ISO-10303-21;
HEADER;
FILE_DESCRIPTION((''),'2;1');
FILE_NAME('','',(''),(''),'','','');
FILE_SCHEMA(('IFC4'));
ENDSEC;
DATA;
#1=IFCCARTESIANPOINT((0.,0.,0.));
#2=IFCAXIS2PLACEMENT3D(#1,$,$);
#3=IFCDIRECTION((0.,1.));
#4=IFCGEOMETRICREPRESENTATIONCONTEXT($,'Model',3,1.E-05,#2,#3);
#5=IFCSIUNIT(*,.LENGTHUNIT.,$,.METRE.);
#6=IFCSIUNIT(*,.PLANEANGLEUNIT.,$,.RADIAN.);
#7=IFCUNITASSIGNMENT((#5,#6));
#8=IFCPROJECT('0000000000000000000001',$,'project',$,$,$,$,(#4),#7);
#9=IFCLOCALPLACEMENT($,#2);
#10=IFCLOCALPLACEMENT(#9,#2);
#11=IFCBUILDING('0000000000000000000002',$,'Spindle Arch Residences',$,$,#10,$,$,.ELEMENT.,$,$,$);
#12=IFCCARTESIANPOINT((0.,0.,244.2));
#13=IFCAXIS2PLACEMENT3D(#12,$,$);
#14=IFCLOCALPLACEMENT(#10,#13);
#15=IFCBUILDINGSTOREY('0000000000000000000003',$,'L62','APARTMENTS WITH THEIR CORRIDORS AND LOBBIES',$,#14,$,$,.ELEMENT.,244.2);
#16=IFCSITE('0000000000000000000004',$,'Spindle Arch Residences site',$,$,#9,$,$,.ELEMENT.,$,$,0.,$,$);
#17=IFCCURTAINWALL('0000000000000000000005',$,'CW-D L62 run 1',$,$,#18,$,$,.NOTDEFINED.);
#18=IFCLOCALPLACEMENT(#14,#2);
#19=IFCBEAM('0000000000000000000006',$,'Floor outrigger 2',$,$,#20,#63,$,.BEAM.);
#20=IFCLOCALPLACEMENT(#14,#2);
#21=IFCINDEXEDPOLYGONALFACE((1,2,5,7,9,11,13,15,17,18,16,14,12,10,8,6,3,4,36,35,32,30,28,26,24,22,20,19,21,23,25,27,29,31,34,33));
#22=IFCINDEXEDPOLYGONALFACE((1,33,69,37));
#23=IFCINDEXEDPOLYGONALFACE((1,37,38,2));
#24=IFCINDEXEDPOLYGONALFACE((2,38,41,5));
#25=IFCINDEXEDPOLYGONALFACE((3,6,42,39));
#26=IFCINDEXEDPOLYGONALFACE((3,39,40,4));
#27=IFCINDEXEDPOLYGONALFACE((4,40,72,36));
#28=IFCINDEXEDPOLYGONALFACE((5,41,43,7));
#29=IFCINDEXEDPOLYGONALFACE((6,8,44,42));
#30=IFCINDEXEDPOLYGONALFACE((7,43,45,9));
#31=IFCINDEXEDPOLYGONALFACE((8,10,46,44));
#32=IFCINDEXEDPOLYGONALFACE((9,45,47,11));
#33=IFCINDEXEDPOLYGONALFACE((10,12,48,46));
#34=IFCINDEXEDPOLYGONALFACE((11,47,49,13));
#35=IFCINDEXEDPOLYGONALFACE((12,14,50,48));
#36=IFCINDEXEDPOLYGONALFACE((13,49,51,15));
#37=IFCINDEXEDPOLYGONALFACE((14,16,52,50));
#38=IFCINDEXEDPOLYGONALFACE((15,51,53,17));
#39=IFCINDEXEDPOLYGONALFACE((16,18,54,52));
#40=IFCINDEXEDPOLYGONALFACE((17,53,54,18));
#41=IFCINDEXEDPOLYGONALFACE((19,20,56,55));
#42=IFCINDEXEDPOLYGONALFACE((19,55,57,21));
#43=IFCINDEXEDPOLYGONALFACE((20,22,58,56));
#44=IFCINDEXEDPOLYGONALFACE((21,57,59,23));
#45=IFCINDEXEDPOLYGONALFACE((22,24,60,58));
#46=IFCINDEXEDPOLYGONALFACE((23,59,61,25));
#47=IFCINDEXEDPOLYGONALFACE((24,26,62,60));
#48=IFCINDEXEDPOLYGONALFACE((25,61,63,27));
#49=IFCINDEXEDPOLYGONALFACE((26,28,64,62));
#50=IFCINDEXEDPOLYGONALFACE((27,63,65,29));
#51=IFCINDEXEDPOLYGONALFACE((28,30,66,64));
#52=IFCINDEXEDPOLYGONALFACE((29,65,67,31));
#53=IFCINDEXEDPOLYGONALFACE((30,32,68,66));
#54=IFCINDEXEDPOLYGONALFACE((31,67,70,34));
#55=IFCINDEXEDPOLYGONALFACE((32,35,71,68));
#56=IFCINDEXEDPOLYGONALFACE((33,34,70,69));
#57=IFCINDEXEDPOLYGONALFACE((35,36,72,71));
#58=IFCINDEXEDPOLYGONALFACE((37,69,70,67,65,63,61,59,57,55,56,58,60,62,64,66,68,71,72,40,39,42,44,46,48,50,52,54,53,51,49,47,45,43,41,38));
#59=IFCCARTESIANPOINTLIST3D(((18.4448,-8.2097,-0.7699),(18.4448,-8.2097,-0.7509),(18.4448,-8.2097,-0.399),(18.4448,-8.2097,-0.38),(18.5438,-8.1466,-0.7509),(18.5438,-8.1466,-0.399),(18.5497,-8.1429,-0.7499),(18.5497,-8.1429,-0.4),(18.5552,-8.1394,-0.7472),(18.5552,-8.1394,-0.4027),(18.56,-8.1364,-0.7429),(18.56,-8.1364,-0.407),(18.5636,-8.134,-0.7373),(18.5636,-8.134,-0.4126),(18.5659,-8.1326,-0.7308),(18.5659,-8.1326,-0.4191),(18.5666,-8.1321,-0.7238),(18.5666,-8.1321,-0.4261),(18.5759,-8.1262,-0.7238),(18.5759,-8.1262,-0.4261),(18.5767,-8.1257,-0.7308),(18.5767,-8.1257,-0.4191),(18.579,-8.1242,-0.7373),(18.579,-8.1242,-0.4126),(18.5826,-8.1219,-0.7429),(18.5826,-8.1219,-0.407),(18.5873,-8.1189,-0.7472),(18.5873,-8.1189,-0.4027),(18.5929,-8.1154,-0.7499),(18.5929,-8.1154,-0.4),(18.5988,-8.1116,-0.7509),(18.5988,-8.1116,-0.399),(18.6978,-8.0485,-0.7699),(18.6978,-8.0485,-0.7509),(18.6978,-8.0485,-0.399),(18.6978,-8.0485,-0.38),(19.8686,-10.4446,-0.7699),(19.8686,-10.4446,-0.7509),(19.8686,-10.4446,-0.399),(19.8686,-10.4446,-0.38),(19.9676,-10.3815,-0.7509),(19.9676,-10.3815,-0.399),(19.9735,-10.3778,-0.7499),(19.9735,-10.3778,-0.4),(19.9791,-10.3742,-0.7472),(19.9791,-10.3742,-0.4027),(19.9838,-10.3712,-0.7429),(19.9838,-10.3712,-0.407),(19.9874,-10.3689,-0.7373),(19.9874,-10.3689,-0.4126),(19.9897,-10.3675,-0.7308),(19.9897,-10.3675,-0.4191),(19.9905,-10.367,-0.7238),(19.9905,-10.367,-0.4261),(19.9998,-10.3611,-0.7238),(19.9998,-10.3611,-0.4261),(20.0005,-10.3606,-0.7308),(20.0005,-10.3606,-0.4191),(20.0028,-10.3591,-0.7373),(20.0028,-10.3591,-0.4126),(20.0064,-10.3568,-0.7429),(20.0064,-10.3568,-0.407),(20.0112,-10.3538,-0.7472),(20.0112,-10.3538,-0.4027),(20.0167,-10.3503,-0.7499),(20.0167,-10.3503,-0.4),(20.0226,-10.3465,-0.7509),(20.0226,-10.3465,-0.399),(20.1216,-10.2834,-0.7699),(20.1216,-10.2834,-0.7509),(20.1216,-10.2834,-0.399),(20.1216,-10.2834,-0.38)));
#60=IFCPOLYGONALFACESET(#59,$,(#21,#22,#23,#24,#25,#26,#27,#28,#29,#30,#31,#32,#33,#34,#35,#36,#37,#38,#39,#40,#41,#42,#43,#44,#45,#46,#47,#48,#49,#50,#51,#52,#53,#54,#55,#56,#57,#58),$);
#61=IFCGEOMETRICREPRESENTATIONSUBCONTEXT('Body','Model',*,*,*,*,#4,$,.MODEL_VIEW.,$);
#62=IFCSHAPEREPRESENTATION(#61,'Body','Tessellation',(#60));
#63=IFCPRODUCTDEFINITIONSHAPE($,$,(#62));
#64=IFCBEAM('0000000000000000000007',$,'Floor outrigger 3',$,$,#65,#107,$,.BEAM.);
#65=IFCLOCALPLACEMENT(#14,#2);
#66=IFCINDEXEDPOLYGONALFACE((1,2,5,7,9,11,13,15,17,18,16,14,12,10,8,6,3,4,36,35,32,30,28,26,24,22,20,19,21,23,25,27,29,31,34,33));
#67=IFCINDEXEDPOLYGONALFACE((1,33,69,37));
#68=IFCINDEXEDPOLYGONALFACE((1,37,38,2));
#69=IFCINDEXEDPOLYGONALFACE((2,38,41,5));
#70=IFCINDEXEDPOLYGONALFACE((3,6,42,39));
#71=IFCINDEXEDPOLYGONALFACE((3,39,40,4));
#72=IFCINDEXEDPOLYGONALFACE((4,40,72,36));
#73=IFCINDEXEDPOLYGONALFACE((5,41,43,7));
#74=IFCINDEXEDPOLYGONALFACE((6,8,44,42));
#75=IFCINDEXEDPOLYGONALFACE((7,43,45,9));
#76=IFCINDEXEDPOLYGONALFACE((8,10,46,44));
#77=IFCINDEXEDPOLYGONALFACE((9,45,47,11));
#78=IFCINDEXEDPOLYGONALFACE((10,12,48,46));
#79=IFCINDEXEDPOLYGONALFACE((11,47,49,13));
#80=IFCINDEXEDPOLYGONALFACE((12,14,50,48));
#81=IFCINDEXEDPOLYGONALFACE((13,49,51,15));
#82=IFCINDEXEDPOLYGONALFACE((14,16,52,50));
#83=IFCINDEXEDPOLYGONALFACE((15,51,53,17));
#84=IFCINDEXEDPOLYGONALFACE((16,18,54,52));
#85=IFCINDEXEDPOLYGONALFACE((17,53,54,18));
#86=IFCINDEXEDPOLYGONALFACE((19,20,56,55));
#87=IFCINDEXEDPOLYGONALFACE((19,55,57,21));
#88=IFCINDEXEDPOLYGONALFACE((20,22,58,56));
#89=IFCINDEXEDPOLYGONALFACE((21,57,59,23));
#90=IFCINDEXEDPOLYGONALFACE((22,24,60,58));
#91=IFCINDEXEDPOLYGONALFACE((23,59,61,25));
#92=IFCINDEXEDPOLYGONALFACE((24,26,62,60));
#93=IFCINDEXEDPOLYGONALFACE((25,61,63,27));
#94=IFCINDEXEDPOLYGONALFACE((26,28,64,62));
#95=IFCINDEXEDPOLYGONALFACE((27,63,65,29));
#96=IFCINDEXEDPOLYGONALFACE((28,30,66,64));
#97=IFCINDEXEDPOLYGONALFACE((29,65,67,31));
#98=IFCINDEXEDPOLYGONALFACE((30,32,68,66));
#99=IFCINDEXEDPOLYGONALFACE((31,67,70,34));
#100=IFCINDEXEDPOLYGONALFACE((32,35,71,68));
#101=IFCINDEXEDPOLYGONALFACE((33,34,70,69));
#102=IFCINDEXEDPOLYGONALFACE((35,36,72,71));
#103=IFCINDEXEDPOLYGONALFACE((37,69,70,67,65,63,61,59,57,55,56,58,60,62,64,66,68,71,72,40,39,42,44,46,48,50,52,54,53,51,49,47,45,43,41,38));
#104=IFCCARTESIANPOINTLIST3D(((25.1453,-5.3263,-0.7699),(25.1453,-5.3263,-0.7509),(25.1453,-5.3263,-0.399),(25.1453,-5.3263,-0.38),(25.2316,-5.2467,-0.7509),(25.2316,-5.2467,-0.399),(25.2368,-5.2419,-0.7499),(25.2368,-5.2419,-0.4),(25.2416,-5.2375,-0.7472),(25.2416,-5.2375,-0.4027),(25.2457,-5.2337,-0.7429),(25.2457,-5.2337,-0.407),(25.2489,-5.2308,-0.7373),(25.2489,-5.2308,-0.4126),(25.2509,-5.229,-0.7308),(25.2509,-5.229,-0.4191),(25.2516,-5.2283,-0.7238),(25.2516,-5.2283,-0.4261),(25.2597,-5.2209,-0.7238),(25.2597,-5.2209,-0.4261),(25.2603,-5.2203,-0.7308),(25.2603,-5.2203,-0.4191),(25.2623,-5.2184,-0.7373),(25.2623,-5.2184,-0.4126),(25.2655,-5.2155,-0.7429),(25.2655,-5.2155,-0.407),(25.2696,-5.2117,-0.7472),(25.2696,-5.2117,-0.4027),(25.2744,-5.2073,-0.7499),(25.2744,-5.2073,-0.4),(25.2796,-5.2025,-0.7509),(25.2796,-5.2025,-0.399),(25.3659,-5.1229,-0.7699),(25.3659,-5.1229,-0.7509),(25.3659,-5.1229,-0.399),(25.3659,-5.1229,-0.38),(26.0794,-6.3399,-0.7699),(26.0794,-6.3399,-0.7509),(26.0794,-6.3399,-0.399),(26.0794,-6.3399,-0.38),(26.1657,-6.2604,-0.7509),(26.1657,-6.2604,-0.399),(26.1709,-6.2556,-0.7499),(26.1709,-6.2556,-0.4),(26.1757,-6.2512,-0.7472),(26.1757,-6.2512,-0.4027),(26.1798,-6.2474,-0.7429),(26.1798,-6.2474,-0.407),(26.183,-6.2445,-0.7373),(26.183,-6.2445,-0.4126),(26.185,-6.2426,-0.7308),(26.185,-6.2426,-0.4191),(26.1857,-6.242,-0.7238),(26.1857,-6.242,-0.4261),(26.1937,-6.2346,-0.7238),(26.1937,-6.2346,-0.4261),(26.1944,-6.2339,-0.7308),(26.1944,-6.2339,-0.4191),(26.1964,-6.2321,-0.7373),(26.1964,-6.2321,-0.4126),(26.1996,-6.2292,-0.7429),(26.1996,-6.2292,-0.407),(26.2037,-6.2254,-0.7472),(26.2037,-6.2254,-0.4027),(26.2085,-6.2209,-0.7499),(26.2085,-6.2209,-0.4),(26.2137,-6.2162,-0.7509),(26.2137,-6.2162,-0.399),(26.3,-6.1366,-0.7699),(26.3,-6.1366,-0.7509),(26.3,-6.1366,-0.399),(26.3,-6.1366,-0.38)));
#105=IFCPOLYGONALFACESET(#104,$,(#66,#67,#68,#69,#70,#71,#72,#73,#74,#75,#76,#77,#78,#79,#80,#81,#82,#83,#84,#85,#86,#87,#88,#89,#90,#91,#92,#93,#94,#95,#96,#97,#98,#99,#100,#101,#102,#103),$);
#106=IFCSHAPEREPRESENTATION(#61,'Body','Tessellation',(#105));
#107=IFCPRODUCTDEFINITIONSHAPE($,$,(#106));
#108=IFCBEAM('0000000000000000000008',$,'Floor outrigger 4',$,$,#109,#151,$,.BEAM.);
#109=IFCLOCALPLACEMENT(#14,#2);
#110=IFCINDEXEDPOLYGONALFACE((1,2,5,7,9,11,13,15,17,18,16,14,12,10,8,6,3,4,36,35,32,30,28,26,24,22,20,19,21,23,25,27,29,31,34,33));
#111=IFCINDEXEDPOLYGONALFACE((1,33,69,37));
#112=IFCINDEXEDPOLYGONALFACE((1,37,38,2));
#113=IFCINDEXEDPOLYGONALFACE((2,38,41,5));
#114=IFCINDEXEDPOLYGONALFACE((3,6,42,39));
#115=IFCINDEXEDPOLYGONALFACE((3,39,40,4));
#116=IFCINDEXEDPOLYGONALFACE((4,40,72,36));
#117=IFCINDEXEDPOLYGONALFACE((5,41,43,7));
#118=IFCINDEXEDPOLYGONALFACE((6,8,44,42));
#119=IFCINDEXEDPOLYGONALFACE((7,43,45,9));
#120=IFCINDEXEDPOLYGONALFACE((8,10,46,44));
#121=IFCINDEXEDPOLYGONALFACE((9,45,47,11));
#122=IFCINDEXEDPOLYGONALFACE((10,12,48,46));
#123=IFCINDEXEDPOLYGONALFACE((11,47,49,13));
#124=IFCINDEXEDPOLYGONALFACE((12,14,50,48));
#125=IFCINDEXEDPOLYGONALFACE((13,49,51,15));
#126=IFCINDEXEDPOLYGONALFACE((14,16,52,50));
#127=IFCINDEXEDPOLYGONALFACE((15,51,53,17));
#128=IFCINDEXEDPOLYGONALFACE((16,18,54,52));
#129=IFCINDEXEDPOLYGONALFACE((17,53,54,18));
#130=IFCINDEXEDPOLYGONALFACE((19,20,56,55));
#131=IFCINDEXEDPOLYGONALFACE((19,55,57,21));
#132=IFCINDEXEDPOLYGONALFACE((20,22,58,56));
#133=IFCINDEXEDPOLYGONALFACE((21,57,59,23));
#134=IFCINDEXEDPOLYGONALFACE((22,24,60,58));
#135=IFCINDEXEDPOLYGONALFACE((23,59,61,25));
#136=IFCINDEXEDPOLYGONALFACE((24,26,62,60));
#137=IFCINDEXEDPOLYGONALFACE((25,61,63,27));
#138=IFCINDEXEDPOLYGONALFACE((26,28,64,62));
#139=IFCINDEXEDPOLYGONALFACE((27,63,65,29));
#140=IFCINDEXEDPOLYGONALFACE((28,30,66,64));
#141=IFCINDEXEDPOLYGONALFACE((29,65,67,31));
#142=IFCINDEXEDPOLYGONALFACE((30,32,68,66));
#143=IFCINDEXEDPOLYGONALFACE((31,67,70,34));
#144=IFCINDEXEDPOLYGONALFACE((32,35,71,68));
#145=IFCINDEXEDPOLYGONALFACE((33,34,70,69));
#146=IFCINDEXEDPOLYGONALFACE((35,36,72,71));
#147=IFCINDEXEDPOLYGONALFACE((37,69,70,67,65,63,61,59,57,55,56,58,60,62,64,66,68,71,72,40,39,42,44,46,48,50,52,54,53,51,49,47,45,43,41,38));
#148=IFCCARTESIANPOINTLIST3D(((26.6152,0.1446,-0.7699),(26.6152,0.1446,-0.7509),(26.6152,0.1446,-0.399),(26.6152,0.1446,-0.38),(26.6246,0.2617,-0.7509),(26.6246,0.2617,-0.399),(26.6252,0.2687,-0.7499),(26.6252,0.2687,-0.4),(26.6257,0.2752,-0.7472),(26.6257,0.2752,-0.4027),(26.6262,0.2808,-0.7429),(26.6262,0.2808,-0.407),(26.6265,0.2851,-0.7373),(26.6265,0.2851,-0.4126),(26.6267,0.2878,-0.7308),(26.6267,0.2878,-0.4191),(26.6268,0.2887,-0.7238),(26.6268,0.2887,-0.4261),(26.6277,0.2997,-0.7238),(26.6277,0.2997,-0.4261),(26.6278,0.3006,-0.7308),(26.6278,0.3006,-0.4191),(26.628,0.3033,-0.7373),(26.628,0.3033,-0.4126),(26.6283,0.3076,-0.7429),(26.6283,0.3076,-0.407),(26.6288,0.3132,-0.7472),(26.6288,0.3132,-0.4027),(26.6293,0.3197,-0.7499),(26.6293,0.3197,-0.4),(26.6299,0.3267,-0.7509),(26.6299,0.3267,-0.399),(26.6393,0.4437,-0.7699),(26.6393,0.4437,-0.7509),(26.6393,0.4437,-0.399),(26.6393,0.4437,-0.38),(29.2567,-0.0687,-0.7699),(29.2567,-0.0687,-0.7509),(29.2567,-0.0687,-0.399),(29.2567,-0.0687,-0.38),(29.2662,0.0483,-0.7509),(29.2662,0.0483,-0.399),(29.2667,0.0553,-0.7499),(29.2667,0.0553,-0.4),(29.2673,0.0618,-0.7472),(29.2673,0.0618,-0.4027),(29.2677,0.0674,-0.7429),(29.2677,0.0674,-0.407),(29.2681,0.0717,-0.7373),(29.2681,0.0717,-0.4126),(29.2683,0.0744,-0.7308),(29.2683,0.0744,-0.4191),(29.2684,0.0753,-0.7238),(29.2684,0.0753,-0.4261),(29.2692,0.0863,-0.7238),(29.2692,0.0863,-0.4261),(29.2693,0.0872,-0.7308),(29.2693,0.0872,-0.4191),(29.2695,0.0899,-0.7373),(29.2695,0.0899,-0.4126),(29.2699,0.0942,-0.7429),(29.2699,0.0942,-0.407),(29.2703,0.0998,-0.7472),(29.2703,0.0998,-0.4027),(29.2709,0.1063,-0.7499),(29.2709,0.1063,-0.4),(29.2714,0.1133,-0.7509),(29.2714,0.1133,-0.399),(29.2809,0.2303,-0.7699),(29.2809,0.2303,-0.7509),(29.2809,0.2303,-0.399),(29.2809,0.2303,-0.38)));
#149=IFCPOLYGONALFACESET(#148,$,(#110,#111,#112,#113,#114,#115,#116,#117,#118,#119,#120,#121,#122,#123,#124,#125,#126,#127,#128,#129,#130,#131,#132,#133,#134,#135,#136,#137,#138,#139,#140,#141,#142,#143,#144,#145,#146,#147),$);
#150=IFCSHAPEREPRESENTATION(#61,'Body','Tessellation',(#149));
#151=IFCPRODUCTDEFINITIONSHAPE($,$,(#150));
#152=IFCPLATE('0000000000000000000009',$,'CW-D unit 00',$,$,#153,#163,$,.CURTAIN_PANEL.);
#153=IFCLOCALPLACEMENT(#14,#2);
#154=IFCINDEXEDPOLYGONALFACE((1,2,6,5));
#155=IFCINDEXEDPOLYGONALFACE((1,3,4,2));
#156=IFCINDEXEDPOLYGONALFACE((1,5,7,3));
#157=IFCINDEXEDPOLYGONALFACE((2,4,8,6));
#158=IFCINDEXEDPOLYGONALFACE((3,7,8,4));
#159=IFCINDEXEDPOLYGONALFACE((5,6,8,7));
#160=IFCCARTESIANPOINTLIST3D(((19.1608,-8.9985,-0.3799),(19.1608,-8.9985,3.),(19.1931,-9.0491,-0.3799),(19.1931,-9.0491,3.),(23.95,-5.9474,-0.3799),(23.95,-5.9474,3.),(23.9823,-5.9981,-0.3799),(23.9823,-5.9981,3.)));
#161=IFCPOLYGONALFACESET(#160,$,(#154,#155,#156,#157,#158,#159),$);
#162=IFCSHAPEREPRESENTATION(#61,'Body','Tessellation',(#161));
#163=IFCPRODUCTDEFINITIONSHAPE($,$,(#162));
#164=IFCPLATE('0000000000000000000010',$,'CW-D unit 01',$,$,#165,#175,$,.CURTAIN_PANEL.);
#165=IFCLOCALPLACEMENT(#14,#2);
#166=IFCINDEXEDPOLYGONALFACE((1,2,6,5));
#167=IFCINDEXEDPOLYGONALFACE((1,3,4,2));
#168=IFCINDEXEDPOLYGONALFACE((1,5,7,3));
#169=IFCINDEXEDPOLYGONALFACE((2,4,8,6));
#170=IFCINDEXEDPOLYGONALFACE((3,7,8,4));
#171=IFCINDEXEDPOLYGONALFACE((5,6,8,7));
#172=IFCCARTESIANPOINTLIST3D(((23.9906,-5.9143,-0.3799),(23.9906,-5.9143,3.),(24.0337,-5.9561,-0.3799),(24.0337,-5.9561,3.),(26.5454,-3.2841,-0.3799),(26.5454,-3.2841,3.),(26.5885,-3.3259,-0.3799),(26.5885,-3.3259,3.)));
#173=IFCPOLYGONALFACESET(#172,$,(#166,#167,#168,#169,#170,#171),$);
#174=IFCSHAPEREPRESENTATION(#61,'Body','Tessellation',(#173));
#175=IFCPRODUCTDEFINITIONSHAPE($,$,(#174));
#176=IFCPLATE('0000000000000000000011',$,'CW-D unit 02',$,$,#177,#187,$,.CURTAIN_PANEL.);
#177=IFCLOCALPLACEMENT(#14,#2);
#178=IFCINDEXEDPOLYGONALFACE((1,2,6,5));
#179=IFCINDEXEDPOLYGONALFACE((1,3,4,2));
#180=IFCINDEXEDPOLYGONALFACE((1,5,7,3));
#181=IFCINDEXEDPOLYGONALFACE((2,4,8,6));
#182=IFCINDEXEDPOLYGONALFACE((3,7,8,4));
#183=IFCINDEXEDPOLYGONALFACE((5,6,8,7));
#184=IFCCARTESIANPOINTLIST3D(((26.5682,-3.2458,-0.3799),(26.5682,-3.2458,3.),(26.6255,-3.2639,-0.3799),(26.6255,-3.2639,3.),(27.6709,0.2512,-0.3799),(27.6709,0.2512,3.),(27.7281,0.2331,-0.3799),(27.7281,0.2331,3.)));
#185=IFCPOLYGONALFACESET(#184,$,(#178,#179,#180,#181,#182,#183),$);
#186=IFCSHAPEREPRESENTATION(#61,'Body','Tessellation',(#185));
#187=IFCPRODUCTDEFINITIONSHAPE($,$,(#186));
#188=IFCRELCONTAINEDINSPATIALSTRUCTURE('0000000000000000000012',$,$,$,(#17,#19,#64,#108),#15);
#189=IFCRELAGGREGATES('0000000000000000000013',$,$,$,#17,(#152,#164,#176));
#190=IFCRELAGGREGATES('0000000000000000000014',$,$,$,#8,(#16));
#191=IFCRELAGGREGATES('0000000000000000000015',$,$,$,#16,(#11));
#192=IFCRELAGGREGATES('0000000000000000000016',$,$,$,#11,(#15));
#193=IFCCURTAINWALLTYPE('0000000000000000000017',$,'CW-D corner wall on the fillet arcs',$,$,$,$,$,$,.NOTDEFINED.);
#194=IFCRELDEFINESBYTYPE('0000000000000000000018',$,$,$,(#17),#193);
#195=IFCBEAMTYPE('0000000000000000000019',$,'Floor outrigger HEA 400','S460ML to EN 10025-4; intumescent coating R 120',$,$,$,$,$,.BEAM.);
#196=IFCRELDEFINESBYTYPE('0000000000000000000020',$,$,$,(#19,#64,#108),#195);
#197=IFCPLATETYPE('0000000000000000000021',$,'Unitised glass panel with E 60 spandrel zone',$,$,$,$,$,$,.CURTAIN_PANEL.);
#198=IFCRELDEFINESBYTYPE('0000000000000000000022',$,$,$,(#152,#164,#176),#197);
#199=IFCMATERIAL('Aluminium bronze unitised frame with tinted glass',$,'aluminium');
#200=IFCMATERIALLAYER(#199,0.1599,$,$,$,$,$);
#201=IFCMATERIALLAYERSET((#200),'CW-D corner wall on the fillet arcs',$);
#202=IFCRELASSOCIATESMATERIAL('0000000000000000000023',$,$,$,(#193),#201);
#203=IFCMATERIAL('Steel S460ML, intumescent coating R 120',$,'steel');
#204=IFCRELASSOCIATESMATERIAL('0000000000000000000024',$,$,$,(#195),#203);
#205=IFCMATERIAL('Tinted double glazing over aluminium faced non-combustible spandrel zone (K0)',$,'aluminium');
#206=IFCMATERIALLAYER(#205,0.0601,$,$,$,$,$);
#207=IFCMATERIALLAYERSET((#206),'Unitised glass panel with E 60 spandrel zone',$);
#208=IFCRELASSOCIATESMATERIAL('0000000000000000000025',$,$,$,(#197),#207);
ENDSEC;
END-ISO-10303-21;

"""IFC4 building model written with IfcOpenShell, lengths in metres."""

from ifc_helpers import new_model, si_unit, direction, frame, origin, origin_2d, place, context, subcontext, project, spatial, rectangle, i_section, extrude, material, layer, layer_set, material_profile, profile_set, type_object, element, aggregate, save


model = new_model("IFC4")

# Units and contexts
model_context = context("Model", 3, precision=1e-05, world=origin(), true_north=direction((0.0, 1.0)))
body_context = subcontext(model_context, "Body", "Model", "MODEL_VIEW")
ifc_project = project(units=[si_unit("LENGTHUNIT", "METRE"), si_unit("PLANEANGLEUNIT", "RADIAN")], contexts=[model_context])

# Site, building, storey
site_placement = place(None, origin())
site = spatial("IfcSite", under=ifc_project, at=site_placement, Name="Spindle Arch Residences site", CompositionType="ELEMENT", RefElevation=0.0)
building_placement = place(site_placement, origin())
building = spatial("IfcBuilding", under=site, at=building_placement, Name="Spindle Arch Residences", CompositionType="ELEMENT")
storey_placement = place(building_placement, frame((0.0, 0.0, 244.2)))
storey = spatial("IfcBuildingStorey", under=building, at=storey_placement, Name="L62", Description="APARTMENTS WITH THEIR CORRIDORS AND LOBBIES", CompositionType="ELEMENT", Elevation=244.2)

# Curtain wall
ifc_material_1 = material(Name="Aluminium bronze unitised frame with tinted glass", Category="aluminium")
ifc_layer_1 = layer(ifc_material_1, 0.1599)
ifc_layer_set_1 = layer_set([ifc_layer_1], Name="CW-D corner wall on the fillet arcs")
curtain_wall_type = type_object("IfcCurtainWallType", Name="CW-D corner wall on the fillet arcs", PredefinedType="NOTDEFINED", material=ifc_layer_set_1)
curtain_wall_placement = place(storey_placement, origin())
curtain_wall = element("IfcCurtainWall", 1, at=curtain_wall_placement, inside=storey, type_object=curtain_wall_type, Name="CW-D L62 run 1", PredefinedType="NOTDEFINED")

# Beams
ifc_material_2 = material(Name="Steel S460ML, intumescent coating R 120", Category="steel")
ifc_material_profile_1 = material_profile(ifc_material_2, i_section(OverallWidth=0.3, OverallDepth=0.3899, WebThickness=0.011, FlangeThickness=0.019, FilletRadius=0.0271, at=origin_2d()), Name="HEA 400")
ifc_profile_set_1 = profile_set([ifc_material_profile_1], Name="Steel S460ML, intumescent coating R 120")
beam_type_1 = type_object("IfcBeamType", Name="Floor outrigger HEA 400", Description="S460ML to EN 10025-4; intumescent coating R 120", PredefinedType="BEAM", material=ifc_profile_set_1)
beam_1_placement = place(storey_placement, frame((19.9951, -10.364, -0.575), z_axis=(-0.537317, 0.843381, 0.0), x_axis=(-0.843381, -0.537317, 0.0)))
element("IfcBeam", 2, at=beam_1_placement, inside=storey, type_object=beam_type_1, Name="Floor outrigger 2", PredefinedType="BEAM", context=body_context, shape_type="SweptSolid", body=[
    extrude(i_section(OverallWidth=0.3, OverallDepth=0.3899, WebThickness=0.011, FlangeThickness=0.019, FilletRadius=0.0271, at=origin_2d()), origin(), (0.0, 0.0, 1.0), 2.6499),
])
beam_2_placement = place(storey_placement, frame((26.1897, -6.2383, -0.575), z_axis=(-0.677647, 0.735387, 0.0), x_axis=(-0.735387, -0.677647, 0.0)))
element("IfcBeam", 3, at=beam_2_placement, inside=storey, type_object=beam_type_1, Name="Floor outrigger 3", PredefinedType="BEAM", context=body_context, shape_type="SweptSolid", body=[
    extrude(i_section(OverallWidth=0.3, OverallDepth=0.3899, WebThickness=0.011, FlangeThickness=0.019, FilletRadius=0.0271, at=origin_2d()), origin(), (0.0, 0.0, 1.0), 1.3784),
])
beam_3_placement = place(storey_placement, frame((29.2688, 0.0808, -0.575), z_axis=(-0.996753, 0.080514, 0.0), x_axis=(-0.080514, -0.996753, 0.0)))
element("IfcBeam", 4, at=beam_3_placement, inside=storey, type_object=beam_type_1, Name="Floor outrigger 4", PredefinedType="BEAM", context=body_context, shape_type="SweptSolid", body=[
    extrude(i_section(OverallWidth=0.3, OverallDepth=0.3899, WebThickness=0.011, FlangeThickness=0.019, FilletRadius=0.0271, at=origin_2d()), origin(), (0.0, 0.0, 1.0), 2.6501),
])

# Plates
ifc_material_3 = material(Name="Tinted double glazing over aluminium faced non-combustible spandrel zone (K0)", Category="aluminium")
ifc_layer_2 = layer(ifc_material_3, 0.0601)
ifc_layer_set_2 = layer_set([ifc_layer_2], Name="Unitised glass panel with E 60 spandrel zone")
plate_type = type_object("IfcPlateType", Name="Unitised glass panel with E 60 spandrel zone", PredefinedType="CURTAIN_PANEL", material=ifc_layer_set_2)
plate_1_placement = place(storey_placement, frame((21.5715, -7.4983, -0.3799), z_axis=(0.0, 0.0, 1.0), x_axis=(0.843391, 0.5373, 0.0)))
plate_1 = element("IfcPlate", 5, at=plate_1_placement, type_object=plate_type, Name="CW-D unit 00", PredefinedType="CURTAIN_PANEL", context=body_context, shape_type="SweptSolid", body=[
    extrude(rectangle(XDim=5.6785, YDim=0.0601, at=origin_2d()), origin(), (0.0, 0.0, 1.0), 3.3799),
])
plate_2_placement = place(storey_placement, frame((25.2896, -4.6201, -0.3799), z_axis=(0.0, 0.0, 1.0), x_axis=(0.696748, 0.717316, 0.0)))
plate_2 = element("IfcPlate", 6, at=plate_2_placement, type_object=plate_type, Name="CW-D unit 01", PredefinedType="CURTAIN_PANEL", context=body_context, shape_type="SweptSolid", body=[
    extrude(rectangle(XDim=3.6667, YDim=0.0601, at=origin_2d()), origin(), (0.0, 0.0, 1.0), 3.3799),
])
plate_3_placement = place(storey_placement, frame((27.1482, -1.5063, -0.3799), z_axis=(0.0, 0.0, 1.0), x_axis=(0.300706, 0.953717, 0.0)))
plate_3 = element("IfcPlate", 7, at=plate_3_placement, type_object=plate_type, Name="CW-D unit 02", PredefinedType="CURTAIN_PANEL", context=body_context, shape_type="SweptSolid", body=[
    extrude(rectangle(XDim=3.6667, YDim=0.0601, at=origin_2d()), origin(), (0.0, 0.0, 1.0), 3.3799),
])
aggregate(curtain_wall, [plate_1, plate_2, plate_3])

save(model, "model.ifc")
